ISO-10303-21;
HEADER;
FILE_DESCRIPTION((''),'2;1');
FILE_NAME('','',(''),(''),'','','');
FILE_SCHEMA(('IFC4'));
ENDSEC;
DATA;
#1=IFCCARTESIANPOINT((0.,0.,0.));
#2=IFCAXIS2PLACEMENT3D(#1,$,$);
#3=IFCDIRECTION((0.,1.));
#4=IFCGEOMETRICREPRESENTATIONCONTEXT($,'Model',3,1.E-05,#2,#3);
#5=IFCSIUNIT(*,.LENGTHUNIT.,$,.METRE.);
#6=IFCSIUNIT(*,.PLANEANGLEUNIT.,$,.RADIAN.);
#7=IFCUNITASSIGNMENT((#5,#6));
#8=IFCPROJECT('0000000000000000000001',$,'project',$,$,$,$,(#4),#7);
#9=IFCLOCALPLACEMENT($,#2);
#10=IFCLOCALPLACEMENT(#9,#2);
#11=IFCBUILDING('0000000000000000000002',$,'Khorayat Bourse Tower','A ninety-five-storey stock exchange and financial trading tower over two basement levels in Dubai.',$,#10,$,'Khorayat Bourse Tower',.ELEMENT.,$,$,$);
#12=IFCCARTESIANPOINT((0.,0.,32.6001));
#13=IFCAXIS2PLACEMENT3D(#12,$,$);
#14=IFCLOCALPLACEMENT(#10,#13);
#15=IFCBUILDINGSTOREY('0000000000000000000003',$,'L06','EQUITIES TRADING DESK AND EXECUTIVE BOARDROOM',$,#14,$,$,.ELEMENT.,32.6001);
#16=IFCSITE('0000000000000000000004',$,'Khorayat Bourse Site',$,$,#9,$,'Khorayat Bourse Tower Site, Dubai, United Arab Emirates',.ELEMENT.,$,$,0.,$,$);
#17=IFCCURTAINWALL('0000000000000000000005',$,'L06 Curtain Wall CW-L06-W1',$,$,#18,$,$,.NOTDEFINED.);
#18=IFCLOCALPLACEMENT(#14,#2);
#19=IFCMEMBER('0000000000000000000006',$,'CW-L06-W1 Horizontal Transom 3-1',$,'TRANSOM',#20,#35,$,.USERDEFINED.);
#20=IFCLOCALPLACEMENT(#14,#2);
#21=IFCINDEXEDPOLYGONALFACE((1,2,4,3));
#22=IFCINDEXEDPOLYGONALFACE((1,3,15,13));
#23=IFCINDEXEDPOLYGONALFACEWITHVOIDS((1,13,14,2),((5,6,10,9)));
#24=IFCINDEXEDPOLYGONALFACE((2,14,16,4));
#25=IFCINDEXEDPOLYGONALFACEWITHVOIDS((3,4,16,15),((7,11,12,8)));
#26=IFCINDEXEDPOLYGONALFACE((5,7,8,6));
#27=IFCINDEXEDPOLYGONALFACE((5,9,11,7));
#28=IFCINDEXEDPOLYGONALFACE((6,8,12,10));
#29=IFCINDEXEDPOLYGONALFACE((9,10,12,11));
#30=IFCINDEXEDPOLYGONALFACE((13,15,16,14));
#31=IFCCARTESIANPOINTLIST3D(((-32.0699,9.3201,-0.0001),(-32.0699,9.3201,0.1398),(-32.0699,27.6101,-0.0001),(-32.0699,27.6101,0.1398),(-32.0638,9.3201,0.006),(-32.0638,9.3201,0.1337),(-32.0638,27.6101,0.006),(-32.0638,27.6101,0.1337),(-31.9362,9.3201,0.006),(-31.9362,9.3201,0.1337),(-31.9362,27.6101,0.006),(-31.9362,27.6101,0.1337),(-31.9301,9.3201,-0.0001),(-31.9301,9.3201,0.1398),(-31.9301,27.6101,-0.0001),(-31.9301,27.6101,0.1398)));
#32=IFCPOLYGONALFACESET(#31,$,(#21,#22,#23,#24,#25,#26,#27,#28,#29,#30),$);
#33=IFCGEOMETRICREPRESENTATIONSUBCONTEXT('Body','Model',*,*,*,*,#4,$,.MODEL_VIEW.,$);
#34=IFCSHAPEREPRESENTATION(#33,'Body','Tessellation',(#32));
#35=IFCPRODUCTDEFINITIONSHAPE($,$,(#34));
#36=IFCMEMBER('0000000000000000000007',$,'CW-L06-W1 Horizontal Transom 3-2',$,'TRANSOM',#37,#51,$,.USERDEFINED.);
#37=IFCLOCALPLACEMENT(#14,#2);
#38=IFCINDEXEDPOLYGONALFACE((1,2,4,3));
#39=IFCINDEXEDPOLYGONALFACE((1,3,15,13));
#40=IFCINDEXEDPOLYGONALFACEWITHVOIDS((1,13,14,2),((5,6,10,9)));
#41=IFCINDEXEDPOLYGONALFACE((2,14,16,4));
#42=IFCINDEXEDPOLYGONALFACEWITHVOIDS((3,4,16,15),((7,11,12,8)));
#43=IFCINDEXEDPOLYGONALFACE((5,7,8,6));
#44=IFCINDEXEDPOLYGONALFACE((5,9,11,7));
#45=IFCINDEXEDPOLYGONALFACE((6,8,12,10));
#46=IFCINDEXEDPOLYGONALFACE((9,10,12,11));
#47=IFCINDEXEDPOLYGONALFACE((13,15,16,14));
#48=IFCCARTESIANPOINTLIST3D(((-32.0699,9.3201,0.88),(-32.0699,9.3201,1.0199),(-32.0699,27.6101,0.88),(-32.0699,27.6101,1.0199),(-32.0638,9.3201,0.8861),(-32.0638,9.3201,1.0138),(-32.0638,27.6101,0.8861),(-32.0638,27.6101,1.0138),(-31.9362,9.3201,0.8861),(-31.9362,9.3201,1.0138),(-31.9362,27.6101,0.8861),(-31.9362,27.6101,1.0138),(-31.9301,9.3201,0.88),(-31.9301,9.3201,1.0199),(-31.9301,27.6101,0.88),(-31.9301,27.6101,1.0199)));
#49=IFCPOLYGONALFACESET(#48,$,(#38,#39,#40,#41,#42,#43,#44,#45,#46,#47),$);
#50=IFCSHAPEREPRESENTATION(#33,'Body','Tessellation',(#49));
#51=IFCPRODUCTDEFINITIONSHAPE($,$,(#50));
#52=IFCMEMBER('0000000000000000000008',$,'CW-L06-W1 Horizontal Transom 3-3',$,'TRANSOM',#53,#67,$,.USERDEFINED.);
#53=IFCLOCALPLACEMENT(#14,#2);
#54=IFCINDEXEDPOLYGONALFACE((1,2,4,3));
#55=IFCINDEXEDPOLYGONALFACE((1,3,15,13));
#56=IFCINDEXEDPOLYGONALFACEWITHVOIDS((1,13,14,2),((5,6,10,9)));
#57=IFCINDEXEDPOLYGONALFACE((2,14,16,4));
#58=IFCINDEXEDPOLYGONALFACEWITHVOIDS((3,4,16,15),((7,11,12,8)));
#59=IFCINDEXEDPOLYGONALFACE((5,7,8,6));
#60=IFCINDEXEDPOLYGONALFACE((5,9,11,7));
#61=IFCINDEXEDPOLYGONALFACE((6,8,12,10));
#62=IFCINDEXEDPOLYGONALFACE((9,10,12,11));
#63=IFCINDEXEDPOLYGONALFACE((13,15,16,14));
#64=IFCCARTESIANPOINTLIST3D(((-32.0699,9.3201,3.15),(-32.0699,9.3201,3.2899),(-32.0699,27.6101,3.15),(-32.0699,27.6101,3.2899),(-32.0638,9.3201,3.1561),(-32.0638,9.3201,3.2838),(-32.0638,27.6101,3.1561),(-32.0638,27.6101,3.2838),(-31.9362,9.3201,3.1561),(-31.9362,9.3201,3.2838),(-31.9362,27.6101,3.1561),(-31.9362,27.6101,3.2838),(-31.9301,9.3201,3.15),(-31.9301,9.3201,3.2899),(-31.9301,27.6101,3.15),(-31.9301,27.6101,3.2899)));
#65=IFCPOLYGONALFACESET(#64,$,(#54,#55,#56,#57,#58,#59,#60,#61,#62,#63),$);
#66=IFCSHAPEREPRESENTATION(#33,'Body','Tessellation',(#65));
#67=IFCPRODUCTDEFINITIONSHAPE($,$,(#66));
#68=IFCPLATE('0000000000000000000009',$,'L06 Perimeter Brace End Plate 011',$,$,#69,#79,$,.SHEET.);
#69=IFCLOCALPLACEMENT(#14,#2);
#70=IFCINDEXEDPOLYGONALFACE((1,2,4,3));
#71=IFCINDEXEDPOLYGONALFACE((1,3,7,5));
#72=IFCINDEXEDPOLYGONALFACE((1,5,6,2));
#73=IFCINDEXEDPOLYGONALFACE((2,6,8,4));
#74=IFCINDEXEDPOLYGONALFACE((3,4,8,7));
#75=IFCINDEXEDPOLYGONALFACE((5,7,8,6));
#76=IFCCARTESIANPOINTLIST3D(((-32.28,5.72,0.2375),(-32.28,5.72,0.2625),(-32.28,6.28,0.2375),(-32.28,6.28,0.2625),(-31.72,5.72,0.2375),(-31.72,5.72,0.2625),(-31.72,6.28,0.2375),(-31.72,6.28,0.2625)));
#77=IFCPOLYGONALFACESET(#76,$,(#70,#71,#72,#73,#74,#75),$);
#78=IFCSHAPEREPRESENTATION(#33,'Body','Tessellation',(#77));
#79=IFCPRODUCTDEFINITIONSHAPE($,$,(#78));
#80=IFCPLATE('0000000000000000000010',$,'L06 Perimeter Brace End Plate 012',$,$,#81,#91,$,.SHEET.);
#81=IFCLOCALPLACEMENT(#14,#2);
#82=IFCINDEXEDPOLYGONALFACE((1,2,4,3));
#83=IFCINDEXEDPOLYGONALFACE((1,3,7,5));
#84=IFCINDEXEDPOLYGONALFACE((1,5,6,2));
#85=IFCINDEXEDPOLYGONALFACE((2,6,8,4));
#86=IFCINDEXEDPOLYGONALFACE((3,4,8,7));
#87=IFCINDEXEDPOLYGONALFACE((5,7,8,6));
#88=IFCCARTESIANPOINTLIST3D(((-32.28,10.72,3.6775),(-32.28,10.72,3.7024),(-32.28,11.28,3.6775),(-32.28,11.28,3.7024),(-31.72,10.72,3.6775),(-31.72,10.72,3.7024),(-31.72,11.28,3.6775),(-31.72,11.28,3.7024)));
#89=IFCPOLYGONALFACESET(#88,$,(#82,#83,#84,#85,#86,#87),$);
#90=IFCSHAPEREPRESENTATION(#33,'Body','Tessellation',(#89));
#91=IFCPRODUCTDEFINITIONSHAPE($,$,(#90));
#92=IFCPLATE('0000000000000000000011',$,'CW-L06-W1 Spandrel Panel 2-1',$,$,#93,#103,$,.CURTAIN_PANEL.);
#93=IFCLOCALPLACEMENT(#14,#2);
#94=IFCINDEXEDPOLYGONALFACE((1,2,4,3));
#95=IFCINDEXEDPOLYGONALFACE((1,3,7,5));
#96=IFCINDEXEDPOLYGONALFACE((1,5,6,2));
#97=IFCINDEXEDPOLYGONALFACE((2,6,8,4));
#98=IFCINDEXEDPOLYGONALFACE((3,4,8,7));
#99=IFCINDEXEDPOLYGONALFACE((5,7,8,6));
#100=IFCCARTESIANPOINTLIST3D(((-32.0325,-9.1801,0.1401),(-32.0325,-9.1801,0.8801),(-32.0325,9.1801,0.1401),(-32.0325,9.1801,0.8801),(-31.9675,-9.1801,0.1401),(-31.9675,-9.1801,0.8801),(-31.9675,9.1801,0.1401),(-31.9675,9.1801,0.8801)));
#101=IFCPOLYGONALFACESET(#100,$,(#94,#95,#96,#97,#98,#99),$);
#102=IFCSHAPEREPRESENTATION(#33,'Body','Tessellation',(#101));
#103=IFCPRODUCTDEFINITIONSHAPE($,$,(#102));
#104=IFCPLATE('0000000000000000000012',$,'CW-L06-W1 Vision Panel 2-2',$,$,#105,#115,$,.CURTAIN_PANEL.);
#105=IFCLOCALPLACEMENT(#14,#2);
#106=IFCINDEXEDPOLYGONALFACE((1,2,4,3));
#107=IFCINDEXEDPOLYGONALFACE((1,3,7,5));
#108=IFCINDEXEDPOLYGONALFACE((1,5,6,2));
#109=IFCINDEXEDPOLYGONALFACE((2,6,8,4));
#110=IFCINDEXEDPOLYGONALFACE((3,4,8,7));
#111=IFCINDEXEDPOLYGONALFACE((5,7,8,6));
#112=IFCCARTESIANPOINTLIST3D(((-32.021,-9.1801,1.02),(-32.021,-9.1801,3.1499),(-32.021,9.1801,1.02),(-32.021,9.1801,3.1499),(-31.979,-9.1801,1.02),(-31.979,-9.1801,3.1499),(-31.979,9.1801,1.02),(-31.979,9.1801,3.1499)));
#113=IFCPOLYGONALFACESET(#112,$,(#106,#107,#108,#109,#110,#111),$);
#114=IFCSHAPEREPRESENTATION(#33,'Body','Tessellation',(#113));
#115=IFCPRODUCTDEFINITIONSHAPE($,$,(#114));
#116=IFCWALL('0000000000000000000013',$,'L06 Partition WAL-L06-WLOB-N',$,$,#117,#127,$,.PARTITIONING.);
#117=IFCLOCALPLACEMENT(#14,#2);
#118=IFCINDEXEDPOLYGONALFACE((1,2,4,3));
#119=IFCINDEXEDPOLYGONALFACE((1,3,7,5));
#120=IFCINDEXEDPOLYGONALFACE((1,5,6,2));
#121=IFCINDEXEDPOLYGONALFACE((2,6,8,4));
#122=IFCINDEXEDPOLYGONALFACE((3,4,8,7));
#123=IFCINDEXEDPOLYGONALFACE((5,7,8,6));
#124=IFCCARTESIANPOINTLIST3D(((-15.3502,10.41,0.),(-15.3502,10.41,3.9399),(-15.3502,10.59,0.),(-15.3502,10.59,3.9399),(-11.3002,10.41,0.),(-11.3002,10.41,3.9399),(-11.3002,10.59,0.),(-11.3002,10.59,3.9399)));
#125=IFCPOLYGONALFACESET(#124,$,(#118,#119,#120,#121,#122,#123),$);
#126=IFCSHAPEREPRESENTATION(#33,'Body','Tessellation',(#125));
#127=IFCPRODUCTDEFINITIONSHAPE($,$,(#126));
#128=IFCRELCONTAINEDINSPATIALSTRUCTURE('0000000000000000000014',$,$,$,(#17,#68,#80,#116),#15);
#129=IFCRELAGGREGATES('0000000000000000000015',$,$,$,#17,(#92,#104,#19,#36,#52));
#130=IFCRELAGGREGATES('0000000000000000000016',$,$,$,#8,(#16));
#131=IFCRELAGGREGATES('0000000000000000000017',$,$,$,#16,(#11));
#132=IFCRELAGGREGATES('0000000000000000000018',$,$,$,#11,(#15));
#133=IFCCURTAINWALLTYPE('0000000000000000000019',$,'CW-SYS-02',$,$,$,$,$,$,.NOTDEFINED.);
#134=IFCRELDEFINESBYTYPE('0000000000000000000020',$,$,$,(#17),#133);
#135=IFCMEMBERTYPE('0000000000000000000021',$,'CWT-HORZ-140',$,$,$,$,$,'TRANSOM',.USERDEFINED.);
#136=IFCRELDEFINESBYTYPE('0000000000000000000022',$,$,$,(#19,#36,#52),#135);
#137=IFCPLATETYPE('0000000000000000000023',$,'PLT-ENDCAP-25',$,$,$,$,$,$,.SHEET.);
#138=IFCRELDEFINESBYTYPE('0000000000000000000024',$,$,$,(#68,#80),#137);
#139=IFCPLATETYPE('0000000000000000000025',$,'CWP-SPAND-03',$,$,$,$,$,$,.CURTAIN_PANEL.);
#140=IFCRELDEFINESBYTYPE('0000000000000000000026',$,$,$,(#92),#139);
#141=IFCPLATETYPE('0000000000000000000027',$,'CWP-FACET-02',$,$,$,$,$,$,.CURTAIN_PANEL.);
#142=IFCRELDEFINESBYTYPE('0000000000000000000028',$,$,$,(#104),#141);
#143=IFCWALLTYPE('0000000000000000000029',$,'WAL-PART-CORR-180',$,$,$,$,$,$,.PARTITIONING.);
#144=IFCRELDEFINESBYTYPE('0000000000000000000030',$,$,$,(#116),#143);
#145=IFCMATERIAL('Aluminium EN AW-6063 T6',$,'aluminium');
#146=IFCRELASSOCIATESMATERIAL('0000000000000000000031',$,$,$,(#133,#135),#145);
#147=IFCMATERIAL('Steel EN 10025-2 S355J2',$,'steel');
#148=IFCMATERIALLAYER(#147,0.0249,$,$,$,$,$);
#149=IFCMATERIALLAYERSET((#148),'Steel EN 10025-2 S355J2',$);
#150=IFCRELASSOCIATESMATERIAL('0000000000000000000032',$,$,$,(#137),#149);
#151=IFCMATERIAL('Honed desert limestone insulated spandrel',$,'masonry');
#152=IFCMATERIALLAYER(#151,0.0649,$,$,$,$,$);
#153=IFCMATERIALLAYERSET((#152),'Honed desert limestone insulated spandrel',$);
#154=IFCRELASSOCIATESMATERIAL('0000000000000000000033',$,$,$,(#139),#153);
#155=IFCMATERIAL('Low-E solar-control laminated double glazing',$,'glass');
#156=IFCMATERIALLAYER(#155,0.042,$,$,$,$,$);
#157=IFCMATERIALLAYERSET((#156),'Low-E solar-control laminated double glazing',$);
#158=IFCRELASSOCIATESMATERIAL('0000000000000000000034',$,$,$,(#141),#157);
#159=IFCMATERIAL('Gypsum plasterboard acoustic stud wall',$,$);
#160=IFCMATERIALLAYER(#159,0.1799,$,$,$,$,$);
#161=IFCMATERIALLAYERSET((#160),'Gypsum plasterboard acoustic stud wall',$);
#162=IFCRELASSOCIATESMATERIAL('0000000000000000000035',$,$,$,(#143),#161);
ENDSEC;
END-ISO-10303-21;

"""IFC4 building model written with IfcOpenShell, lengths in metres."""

from ifc_helpers import new_model, si_unit, direction, frame, frame_2d, origin, origin_2d, place, context, subcontext, project, spatial, rectangle, hollow_rectangle, extrude, source, transform, mapped, material, layer, layer_set, material_profile, profile_set, type_object, element, aggregate, save


model = new_model("IFC4")

# Units and contexts
model_context = context("Model", 3, precision=1e-05, world=origin(), true_north=direction((0.0, 1.0)))
body_context = subcontext(model_context, "Body", "Model", "MODEL_VIEW")
ifc_project = project(units=[si_unit("LENGTHUNIT", "METRE"), si_unit("PLANEANGLEUNIT", "RADIAN")], contexts=[model_context])

# Site, building, storey
site_placement = place(None, origin())
site = spatial("IfcSite", under=ifc_project, at=site_placement, Name="Khorayat Bourse Site", LongName="Khorayat Bourse Tower Site, Dubai, United Arab Emirates", CompositionType="ELEMENT", RefElevation=0.0)
building_placement = place(site_placement, origin())
building = spatial("IfcBuilding", under=site, at=building_placement, Name="Khorayat Bourse Tower", Description="A ninety-five-storey stock exchange and financial trading tower over two basement levels in Dubai.", LongName="Khorayat Bourse Tower", CompositionType="ELEMENT")
storey_placement = place(building_placement, frame((0.0, 0.0, 32.6001)))
storey = spatial("IfcBuildingStorey", under=building, at=storey_placement, Name="L06", Description="EQUITIES TRADING DESK AND EXECUTIVE BOARDROOM", CompositionType="ELEMENT", Elevation=32.6001)

# Curtain wall, members
ifc_material_1 = material(Name="Aluminium EN AW-6063 T6", Category="aluminium")
curtain_wall_type = type_object("IfcCurtainWallType", Name="CW-SYS-02", PredefinedType="NOTDEFINED", material=ifc_material_1)
curtain_wall_placement = place(storey_placement, origin())
curtain_wall = element("IfcCurtainWall", 1, at=curtain_wall_placement, inside=storey, type_object=curtain_wall_type, Name="L06 Curtain Wall CW-L06-W1", PredefinedType="NOTDEFINED")
ifc_material_profile_1 = material_profile(ifc_material_1, hollow_rectangle(XDim=0.1399, YDim=0.1399, WallThickness=0.0061, at=origin_2d()), Name="ALU 140x140x6")
ifc_profile_set_1 = profile_set([ifc_material_profile_1], Name="Aluminium EN AW-6063 T6")
member_type_1 = type_object("IfcMemberType", Name="CWT-HORZ-140", ElementType="TRANSOM", PredefinedType="USERDEFINED", material=ifc_profile_set_1)
shared_shape_1 = source(origin(), body_context, "Body", "SweptSolid", [
    extrude(hollow_rectangle(XDim=0.1399, YDim=0.1399, WallThickness=0.0061, at=origin_2d()), origin(), (0.0, 0.0, 1.0), 18.29),
])
member_1_placement = place(storey_placement, frame((-32.0, 9.3201, 0.0698), z_axis=(0.0, 1.0, 0.0), x_axis=(-1.0, 0.0, 0.0)))
member_1 = element("IfcMember", 2, at=member_1_placement, type_object=member_type_1, Name="CW-L06-W1 Horizontal Transom 3-1", ObjectType="TRANSOM", PredefinedType="USERDEFINED", context=body_context, shape_type="MappedRepresentation", body=[
    mapped(shared_shape_1, transform((0.0, 0.0, 0.0), scale=1.0)),
])
member_2_placement = place(storey_placement, frame((-32.0, 9.3201, 0.95), z_axis=(0.0, 1.0, 0.0), x_axis=(-1.0, 0.0, 0.0)))
member_2 = element("IfcMember", 3, at=member_2_placement, type_object=member_type_1, Name="CW-L06-W1 Horizontal Transom 3-2", ObjectType="TRANSOM", PredefinedType="USERDEFINED", context=body_context, shape_type="MappedRepresentation", body=[
    mapped(shared_shape_1, transform((0.0, 0.0, 0.0), scale=1.0)),
])
member_3_placement = place(storey_placement, frame((-32.0, 9.3201, 3.22), z_axis=(0.0, 1.0, 0.0), x_axis=(-1.0, 0.0, 0.0)))
member_3 = element("IfcMember", 4, at=member_3_placement, type_object=member_type_1, Name="CW-L06-W1 Horizontal Transom 3-3", ObjectType="TRANSOM", PredefinedType="USERDEFINED", context=body_context, shape_type="MappedRepresentation", body=[
    mapped(shared_shape_1, transform((0.0, 0.0, 0.0), scale=1.0)),
])

# Plates
ifc_material_2 = material(Name="Steel EN 10025-2 S355J2", Category="steel")
ifc_layer_1 = layer(ifc_material_2, 0.0249)
ifc_layer_set_1 = layer_set([ifc_layer_1], Name="Steel EN 10025-2 S355J2")
plate_type_1 = type_object("IfcPlateType", Name="PLT-ENDCAP-25", PredefinedType="SHEET", material=ifc_layer_set_1)
shared_shape_2 = source(origin(), body_context, "Body", "SweptSolid", [
    extrude(rectangle(XDim=0.5601, YDim=0.5601, at=origin_2d()), origin(), (0.0, 0.0, 1.0), 0.0249),
])
for number, where, z_axis, x_axis, name in (
    (5, (-32.0, 6.0, 0.2375), (0.0, 0.0, 1.0), (1.0, 0.0, 0.0), "L06 Perimeter Brace End Plate 011"),
    (6, (-32.0, 11.0, 3.6775), (0.0, 0.0, 1.0), (1.0, 0.0, 0.0), "L06 Perimeter Brace End Plate 012"),
):
    element("IfcPlate", number, at=place(storey_placement, frame(where, z_axis=z_axis, x_axis=x_axis)), inside=storey, type_object=plate_type_1, Name=name, PredefinedType="SHEET", context=body_context, shape_type="MappedRepresentation", body=[
        mapped(shared_shape_2, transform((0.0, 0.0, 0.0), scale=1.0)),
    ])

# Plates
ifc_material_3 = material(Name="Honed desert limestone insulated spandrel", Category="masonry")
ifc_layer_2 = layer(ifc_material_3, 0.0649)
ifc_layer_set_2 = layer_set([ifc_layer_2], Name="Honed desert limestone insulated spandrel")
plate_type_2 = type_object("IfcPlateType", Name="CWP-SPAND-03", PredefinedType="CURTAIN_PANEL", material=ifc_layer_set_2)
shared_shape_3 = source(origin(), body_context, "Body", "SweptSolid", [
    extrude(rectangle(XDim=18.3601, YDim=0.0649, at=origin_2d()), origin(), (0.0, 0.0, 1.0), 0.74),
])
plate_1_placement = place(storey_placement, frame((-32.0, 0.0, 0.1401), z_axis=(0.0, 0.0, 1.0), x_axis=(0.0, 1.0, 0.0)))
plate_1 = element("IfcPlate", 7, at=plate_1_placement, type_object=plate_type_2, Name="CW-L06-W1 Spandrel Panel 2-1", PredefinedType="CURTAIN_PANEL", context=body_context, shape_type="MappedRepresentation", body=[
    mapped(shared_shape_3, transform((0.0, 0.0, 0.0), scale=1.0)),
])
ifc_material_4 = material(Name="Low-E solar-control laminated double glazing", Category="glass")
ifc_layer_3 = layer(ifc_material_4, 0.042)
ifc_layer_set_3 = layer_set([ifc_layer_3], Name="Low-E solar-control laminated double glazing")
plate_type_3 = type_object("IfcPlateType", Name="CWP-FACET-02", PredefinedType="CURTAIN_PANEL", material=ifc_layer_set_3)
shared_shape_4 = source(origin(), body_context, "Body", "SweptSolid", [
    extrude(rectangle(XDim=18.3601, YDim=0.042, at=origin_2d()), origin(), (0.0, 0.0, 1.0), 2.1299),
])
plate_2_placement = place(storey_placement, frame((-32.0, 0.0, 1.02), z_axis=(0.0, 0.0, 1.0), x_axis=(0.0, 1.0, 0.0)))
plate_2 = element("IfcPlate", 8, at=plate_2_placement, type_object=plate_type_3, Name="CW-L06-W1 Vision Panel 2-2", PredefinedType="CURTAIN_PANEL", context=body_context, shape_type="MappedRepresentation", body=[
    mapped(shared_shape_4, transform((0.0, 0.0, 0.0), scale=1.0)),
])
aggregate(curtain_wall, [plate_1, plate_2, member_1, member_2, member_3])

# Wall
ifc_material_5 = material(Name="Gypsum plasterboard acoustic stud wall")
ifc_layer_4 = layer(ifc_material_5, 0.1799)
ifc_layer_set_4 = layer_set([ifc_layer_4], Name="Gypsum plasterboard acoustic stud wall")
wall_type = type_object("IfcWallType", Name="WAL-PART-CORR-180", PredefinedType="PARTITIONING", material=ifc_layer_set_4)
shared_shape_5 = source(origin(), body_context, "Body", "SweptSolid", [
    extrude(rectangle(XDim=4.05, YDim=0.1799, at=frame_2d((2.0249, 0.0))), origin(), (0.0, 0.0, 1.0), 3.9399),
])
wall_placement = place(storey_placement, frame((-15.3501, 10.5, 0.0), z_axis=(0.0, 0.0, 1.0), x_axis=(1.0, 0.0, 0.0)))
element("IfcWall", 9, at=wall_placement, inside=storey, type_object=wall_type, Name="L06 Partition WAL-L06-WLOB-N", PredefinedType="PARTITIONING", context=body_context, shape_type="MappedRepresentation", body=[
    mapped(shared_shape_5, transform((0.0, 0.0, 0.0), scale=1.0)),
])

save(model, "model.ifc")
